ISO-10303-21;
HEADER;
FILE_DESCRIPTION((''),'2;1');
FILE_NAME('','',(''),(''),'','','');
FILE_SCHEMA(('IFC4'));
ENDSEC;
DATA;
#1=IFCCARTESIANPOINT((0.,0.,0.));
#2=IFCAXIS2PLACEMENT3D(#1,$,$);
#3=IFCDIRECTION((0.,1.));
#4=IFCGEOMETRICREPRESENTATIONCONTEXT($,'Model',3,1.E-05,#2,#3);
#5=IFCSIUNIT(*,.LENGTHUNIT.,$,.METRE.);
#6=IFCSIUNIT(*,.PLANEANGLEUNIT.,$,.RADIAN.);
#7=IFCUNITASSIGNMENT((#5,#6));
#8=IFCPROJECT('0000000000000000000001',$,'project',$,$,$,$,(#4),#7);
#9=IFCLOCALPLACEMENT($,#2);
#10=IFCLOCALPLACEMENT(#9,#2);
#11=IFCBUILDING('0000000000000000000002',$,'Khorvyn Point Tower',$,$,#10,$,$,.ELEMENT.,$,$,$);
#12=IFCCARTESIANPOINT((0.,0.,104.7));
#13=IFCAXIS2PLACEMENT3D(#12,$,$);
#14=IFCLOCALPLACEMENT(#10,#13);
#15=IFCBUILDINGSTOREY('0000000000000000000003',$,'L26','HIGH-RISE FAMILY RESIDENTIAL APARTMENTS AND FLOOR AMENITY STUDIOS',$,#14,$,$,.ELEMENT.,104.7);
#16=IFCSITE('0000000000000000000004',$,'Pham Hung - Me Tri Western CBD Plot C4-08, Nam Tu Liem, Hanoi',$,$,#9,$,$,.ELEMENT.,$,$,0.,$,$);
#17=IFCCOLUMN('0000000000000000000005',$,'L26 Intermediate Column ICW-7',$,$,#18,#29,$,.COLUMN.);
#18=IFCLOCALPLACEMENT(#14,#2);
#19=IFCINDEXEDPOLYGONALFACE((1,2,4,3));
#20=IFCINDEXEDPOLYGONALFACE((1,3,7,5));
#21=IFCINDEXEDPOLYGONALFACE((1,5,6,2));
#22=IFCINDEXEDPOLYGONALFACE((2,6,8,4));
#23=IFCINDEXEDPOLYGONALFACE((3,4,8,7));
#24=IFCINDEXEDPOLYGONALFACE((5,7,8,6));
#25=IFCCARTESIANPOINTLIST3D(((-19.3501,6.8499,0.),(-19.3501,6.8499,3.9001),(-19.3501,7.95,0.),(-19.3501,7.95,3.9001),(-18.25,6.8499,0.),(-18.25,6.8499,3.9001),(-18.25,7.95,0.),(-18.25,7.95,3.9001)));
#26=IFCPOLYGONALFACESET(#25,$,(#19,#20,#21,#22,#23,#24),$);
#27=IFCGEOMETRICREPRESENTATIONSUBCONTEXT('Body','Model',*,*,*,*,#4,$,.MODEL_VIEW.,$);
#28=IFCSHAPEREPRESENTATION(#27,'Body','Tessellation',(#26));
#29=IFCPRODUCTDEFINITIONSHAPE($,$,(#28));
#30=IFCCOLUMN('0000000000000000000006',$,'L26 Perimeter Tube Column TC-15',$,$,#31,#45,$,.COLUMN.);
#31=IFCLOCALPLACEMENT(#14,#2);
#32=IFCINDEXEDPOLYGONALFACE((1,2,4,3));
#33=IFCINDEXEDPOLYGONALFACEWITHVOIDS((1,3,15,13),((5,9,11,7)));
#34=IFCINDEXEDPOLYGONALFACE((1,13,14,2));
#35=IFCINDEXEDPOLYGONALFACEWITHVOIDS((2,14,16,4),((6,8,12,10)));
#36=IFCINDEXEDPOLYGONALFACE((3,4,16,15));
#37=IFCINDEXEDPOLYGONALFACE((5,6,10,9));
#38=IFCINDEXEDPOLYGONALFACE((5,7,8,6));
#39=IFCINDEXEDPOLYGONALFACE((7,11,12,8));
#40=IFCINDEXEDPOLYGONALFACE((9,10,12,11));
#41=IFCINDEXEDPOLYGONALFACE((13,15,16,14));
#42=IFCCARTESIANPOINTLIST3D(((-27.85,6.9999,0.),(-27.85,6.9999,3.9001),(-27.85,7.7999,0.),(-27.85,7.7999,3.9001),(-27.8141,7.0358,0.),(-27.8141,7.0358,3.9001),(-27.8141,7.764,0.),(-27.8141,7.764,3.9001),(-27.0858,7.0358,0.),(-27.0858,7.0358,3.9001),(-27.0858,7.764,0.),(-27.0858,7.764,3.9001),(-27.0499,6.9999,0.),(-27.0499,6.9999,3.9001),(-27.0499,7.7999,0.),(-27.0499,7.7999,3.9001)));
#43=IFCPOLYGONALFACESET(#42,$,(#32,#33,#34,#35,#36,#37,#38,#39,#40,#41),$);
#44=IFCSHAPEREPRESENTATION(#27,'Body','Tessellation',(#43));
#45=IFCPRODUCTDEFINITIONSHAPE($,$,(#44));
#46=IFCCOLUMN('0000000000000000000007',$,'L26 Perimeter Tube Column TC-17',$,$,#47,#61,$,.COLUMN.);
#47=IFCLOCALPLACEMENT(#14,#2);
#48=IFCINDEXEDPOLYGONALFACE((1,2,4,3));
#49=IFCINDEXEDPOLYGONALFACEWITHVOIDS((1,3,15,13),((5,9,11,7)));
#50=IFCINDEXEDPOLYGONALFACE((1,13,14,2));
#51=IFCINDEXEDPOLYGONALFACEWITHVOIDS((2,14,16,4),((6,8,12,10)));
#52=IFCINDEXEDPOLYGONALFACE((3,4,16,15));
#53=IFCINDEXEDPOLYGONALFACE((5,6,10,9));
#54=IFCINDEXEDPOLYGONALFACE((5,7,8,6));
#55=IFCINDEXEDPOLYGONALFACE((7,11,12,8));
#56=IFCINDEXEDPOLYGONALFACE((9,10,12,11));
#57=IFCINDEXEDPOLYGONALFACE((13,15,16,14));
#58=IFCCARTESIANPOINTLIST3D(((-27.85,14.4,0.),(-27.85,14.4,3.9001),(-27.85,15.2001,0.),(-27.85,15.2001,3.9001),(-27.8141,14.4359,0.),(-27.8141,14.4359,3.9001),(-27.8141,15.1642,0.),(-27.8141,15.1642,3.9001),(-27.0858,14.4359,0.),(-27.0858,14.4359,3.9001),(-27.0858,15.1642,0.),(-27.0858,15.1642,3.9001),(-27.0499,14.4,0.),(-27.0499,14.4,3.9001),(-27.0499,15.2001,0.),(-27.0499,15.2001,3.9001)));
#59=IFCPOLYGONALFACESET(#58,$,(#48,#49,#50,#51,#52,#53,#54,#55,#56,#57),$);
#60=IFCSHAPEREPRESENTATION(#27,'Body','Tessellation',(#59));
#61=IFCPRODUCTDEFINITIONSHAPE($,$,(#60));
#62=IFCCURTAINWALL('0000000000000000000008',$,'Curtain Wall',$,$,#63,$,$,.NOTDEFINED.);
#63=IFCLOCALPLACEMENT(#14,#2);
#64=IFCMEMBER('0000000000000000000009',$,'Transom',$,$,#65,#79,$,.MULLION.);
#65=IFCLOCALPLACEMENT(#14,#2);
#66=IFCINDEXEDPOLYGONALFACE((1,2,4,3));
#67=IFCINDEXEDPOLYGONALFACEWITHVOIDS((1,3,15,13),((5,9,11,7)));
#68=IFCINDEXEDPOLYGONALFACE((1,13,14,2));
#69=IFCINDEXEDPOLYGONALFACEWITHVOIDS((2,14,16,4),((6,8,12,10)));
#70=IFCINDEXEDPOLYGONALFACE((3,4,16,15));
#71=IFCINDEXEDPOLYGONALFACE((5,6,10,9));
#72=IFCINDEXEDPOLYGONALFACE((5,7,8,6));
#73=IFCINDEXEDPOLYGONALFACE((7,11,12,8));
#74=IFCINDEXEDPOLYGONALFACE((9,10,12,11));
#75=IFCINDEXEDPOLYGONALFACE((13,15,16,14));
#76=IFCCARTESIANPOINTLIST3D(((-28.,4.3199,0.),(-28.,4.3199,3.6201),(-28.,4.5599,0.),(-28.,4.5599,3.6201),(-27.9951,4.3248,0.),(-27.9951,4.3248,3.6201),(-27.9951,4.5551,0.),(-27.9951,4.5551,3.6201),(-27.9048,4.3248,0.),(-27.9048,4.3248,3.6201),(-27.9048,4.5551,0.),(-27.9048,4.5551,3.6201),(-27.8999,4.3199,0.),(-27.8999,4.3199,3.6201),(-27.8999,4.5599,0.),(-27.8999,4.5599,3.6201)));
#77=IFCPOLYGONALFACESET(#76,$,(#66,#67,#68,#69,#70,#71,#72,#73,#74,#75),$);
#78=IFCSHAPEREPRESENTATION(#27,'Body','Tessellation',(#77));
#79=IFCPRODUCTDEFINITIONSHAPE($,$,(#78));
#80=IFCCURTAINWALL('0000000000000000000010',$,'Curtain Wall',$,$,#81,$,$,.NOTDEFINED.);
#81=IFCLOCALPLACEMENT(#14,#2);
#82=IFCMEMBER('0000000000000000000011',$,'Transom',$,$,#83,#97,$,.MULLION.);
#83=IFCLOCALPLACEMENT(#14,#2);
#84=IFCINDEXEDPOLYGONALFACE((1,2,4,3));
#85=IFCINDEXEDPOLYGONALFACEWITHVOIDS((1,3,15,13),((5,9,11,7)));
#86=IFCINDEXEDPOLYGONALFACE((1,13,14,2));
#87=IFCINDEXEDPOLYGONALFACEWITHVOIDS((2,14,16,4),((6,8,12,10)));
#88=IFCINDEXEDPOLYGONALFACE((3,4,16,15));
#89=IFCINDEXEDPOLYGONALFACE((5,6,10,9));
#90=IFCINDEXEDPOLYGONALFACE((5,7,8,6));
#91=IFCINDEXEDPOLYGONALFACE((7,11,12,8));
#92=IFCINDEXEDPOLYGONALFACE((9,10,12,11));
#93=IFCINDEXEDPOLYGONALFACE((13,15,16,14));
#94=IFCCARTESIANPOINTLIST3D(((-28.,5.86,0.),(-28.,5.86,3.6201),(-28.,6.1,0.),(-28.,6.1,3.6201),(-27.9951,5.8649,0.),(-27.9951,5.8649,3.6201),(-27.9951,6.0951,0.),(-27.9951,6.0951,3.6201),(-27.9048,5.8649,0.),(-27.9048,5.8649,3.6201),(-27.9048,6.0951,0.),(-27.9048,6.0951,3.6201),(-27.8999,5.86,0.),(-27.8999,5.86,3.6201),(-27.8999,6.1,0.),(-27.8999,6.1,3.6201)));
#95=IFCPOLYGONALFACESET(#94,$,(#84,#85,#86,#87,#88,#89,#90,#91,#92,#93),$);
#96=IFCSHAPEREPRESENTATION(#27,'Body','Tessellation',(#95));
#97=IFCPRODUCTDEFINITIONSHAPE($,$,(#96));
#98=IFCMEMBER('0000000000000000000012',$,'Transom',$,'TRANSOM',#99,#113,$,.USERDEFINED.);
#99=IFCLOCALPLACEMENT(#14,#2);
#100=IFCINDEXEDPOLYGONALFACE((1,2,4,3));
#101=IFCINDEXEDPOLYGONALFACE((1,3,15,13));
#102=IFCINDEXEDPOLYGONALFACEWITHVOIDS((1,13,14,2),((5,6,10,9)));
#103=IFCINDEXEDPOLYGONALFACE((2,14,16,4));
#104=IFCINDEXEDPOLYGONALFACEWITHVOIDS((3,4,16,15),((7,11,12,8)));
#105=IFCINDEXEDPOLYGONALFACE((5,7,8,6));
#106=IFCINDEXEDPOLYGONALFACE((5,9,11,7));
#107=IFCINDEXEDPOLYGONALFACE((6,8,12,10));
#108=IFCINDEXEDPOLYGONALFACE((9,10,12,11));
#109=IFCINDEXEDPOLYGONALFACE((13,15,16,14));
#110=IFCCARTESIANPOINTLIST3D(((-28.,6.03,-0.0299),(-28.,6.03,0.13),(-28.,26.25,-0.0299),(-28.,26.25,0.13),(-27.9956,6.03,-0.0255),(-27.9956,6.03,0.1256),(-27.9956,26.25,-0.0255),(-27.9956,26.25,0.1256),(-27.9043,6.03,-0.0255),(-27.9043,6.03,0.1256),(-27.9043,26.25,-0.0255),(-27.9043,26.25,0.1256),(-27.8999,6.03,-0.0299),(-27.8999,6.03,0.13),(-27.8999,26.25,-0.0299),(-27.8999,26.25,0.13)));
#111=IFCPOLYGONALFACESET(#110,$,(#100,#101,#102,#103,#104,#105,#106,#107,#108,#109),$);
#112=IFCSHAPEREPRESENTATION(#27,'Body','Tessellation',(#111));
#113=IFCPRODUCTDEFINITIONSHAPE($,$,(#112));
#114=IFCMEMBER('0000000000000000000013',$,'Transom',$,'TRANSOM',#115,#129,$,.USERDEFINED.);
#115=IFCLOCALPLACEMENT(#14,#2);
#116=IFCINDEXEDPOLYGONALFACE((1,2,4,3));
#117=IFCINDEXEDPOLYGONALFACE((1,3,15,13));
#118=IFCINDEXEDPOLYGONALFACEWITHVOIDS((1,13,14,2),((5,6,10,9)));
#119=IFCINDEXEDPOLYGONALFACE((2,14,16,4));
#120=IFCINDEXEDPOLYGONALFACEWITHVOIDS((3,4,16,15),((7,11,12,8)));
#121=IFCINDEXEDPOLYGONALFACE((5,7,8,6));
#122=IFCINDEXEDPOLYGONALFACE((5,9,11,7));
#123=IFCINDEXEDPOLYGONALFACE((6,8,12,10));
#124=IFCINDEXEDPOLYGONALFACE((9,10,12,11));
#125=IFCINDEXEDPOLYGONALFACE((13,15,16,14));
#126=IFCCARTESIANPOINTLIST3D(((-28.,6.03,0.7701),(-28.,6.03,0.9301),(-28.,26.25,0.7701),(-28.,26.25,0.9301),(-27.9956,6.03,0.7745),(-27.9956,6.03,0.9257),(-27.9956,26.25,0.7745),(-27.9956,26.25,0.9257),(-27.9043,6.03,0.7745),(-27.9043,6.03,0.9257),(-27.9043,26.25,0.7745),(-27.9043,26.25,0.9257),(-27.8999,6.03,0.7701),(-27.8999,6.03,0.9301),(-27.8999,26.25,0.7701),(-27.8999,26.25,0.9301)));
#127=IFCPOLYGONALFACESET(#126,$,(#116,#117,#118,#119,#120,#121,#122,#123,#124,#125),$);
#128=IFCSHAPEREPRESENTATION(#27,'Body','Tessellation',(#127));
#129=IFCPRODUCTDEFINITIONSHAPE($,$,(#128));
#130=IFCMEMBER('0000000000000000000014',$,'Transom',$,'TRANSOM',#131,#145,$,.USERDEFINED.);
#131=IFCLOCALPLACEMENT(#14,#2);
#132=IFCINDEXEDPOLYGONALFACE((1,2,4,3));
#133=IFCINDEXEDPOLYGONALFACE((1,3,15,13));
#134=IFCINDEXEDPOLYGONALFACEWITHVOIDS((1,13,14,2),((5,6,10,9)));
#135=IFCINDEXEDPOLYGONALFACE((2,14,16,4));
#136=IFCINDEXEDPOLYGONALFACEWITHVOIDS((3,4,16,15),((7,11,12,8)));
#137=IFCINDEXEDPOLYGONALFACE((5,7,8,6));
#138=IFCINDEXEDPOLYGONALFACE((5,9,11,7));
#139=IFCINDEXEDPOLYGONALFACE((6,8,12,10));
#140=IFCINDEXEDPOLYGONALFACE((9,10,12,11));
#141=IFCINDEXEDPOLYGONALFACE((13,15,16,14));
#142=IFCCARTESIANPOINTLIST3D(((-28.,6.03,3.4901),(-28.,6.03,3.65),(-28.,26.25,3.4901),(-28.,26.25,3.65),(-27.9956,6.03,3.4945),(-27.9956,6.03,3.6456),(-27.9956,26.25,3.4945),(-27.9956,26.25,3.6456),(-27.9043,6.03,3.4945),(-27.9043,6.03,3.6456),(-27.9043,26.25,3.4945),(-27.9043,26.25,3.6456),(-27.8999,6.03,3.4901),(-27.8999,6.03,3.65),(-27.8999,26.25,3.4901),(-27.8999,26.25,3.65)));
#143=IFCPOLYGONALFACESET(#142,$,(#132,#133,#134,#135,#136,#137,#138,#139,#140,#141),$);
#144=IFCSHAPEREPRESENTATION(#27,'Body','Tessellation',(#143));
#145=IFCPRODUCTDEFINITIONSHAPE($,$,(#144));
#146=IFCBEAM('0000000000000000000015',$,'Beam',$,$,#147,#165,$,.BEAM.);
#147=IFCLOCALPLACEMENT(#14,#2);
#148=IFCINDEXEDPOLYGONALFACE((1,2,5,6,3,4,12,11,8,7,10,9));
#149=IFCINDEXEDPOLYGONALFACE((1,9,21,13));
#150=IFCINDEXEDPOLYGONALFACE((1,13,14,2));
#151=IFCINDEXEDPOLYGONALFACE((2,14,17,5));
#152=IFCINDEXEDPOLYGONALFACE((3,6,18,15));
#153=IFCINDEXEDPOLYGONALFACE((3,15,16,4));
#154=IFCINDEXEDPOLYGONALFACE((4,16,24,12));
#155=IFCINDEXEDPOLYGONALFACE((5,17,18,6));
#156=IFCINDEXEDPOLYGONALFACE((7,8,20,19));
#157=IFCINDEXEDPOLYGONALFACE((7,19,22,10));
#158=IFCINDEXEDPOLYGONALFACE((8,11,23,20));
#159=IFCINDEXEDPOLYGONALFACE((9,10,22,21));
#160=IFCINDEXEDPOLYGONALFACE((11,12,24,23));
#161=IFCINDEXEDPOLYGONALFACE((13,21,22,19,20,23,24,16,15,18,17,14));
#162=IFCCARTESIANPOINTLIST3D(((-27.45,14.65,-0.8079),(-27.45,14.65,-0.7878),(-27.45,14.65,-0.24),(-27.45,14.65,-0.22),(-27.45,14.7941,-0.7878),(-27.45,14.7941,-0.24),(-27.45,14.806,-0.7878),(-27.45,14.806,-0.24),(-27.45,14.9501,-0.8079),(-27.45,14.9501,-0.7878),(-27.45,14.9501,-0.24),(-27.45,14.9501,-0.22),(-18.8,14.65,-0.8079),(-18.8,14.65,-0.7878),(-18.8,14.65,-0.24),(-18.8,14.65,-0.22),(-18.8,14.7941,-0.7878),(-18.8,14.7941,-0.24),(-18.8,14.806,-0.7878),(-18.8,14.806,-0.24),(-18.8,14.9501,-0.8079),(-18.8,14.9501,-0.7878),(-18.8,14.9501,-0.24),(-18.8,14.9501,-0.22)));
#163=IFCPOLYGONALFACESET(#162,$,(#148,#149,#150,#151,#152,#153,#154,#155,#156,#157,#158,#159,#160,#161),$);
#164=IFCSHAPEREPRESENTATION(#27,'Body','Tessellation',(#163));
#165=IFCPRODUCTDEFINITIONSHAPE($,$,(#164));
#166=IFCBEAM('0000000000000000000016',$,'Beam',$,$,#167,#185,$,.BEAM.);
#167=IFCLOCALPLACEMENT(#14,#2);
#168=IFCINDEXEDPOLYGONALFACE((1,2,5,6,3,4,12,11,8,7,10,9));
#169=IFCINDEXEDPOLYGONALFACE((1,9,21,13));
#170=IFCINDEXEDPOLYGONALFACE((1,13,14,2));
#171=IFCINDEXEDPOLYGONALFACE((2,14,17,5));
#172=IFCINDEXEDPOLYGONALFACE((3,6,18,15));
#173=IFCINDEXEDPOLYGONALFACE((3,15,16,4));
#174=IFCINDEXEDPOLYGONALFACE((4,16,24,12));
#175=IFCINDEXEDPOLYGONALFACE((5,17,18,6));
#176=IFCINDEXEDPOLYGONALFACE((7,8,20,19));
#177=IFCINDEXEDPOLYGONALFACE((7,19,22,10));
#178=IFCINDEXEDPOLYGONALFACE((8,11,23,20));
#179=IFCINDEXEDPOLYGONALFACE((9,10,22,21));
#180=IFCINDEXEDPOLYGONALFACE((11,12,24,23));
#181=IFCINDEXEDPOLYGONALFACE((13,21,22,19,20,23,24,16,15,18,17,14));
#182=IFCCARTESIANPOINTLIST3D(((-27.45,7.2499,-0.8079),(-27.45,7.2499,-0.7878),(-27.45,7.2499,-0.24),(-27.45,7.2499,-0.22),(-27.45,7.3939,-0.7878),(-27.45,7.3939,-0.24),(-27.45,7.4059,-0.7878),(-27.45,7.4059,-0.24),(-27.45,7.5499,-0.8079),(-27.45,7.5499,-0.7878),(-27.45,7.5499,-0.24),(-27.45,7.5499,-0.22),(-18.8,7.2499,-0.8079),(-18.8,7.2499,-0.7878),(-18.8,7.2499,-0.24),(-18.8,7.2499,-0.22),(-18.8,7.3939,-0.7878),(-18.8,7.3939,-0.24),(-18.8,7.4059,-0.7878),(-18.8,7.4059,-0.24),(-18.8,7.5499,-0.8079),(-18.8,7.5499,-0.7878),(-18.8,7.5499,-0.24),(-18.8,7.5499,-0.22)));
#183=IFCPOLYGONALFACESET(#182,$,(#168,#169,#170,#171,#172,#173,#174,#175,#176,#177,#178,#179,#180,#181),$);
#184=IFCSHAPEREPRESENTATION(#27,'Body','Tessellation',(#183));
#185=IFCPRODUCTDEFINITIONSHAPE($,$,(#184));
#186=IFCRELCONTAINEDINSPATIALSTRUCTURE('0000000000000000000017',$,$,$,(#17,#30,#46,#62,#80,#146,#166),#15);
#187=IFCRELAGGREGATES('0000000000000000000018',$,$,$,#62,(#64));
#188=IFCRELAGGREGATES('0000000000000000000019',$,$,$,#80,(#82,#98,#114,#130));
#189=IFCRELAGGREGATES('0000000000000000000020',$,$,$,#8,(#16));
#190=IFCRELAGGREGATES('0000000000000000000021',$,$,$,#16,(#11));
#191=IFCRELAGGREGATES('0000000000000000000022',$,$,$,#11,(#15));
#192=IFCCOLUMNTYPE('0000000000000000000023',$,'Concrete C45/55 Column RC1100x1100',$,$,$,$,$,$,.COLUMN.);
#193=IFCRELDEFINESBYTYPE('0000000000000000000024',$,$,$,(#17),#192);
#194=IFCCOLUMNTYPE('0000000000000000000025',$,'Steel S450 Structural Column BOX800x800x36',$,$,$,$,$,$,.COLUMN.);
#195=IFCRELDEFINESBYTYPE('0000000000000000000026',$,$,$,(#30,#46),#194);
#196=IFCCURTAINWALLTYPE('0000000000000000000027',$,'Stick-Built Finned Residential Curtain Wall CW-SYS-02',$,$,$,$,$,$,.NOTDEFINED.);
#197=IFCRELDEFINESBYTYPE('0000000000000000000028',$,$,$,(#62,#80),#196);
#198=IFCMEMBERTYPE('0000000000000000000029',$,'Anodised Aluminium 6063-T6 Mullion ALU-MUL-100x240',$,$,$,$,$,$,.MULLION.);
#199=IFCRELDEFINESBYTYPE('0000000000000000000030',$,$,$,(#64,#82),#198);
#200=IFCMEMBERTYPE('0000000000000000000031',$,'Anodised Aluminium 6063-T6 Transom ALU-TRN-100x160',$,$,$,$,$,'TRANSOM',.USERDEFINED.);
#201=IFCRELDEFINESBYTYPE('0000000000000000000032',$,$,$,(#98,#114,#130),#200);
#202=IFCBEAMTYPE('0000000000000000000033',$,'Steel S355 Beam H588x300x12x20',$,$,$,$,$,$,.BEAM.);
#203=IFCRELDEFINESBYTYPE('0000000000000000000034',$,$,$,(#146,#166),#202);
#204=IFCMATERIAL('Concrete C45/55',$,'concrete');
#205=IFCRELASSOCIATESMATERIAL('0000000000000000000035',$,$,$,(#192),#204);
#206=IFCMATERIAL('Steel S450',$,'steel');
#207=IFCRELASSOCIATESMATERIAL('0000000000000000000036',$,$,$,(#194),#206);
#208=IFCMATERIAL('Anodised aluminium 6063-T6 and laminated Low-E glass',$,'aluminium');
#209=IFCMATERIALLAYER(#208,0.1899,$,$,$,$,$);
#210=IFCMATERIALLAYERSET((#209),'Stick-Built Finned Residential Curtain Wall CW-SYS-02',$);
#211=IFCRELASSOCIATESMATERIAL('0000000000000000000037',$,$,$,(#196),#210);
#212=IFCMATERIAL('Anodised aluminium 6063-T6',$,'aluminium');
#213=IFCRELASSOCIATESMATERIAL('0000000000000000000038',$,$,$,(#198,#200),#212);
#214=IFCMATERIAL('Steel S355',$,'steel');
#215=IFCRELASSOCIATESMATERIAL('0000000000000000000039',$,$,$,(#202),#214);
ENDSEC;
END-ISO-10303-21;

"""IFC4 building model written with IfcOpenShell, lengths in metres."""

from ifc_helpers import new_model, si_unit, direction, frame, origin, origin_2d, place, context, subcontext, project, spatial, rectangle, hollow_rectangle, i_section, extrude, material, layer, layer_set, material_profile, profile_set, type_object, element, aggregate, save


model = new_model("IFC4")

# Units and contexts
model_context = context("Model", 3, precision=1e-05, world=origin(), true_north=direction((0.0, 1.0)))
body_context = subcontext(model_context, "Body", "Model", "MODEL_VIEW")
ifc_project = project(units=[si_unit("LENGTHUNIT", "METRE"), si_unit("PLANEANGLEUNIT", "RADIAN")], contexts=[model_context])

# Site, building, storey
site_placement = place(None, origin())
site = spatial("IfcSite", under=ifc_project, at=site_placement, Name="Pham Hung - Me Tri Western CBD Plot C4-08, Nam Tu Liem, Hanoi", CompositionType="ELEMENT", RefElevation=0.0)
building_placement = place(site_placement, origin())
building = spatial("IfcBuilding", under=site, at=building_placement, Name="Khorvyn Point Tower", CompositionType="ELEMENT")
storey_placement = place(building_placement, frame((0.0, 0.0, 104.7)))
storey = spatial("IfcBuildingStorey", under=building, at=storey_placement, Name="L26", Description="HIGH-RISE FAMILY RESIDENTIAL APARTMENTS AND FLOOR AMENITY STUDIOS", CompositionType="ELEMENT", Elevation=104.7)

# Columns
ifc_material_1 = material(Name="Concrete C45/55", Category="concrete")
ifc_material_profile_1 = material_profile(ifc_material_1, rectangle(XDim=1.1001, YDim=1.1001, at=origin_2d()))
ifc_profile_set_1 = profile_set([ifc_material_profile_1], Name="Concrete C45/55 RC1100x1100")
column_type_1 = type_object("IfcColumnType", Name="Concrete C45/55 Column RC1100x1100", PredefinedType="COLUMN", material=ifc_profile_set_1)
column_placement = place(storey_placement, frame((-18.8, 7.3999, 0.0), z_axis=(0.0, 0.0, 1.0), x_axis=(1.0, 0.0, 0.0)))
element("IfcColumn", 1, at=column_placement, inside=storey, type_object=column_type_1, Name="L26 Intermediate Column ICW-7", PredefinedType="COLUMN", context=body_context, shape_type="SweptSolid", body=[
    extrude(rectangle(XDim=1.1001, YDim=1.1001, at=origin_2d()), origin(), (0.0, 0.0, 1.0), 3.9001),
])
ifc_material_2 = material(Name="Steel S450", Category="steel")
ifc_material_profile_2 = material_profile(ifc_material_2, hollow_rectangle(XDim=0.8, YDim=0.8, WallThickness=0.0359, at=origin_2d()))
ifc_profile_set_2 = profile_set([ifc_material_profile_2], Name="Steel S450 BOX800x800x36")
column_type_2 = type_object("IfcColumnType", Name="Steel S450 Structural Column BOX800x800x36", PredefinedType="COLUMN", material=ifc_profile_set_2)
for number, where, z_axis, x_axis, name in (
    (2, (-27.45, 7.3999, 0.0), (0.0, 0.0, 1.0), (1.0, 0.0, 0.0), "L26 Perimeter Tube Column TC-15"),
    (3, (-27.45, 14.8, 0.0), (0.0, 0.0, 1.0), (1.0, 0.0, 0.0), "L26 Perimeter Tube Column TC-17"),
):
    element("IfcColumn", number, at=place(storey_placement, frame(where, z_axis=z_axis, x_axis=x_axis)), inside=storey, type_object=column_type_2, Name=name, PredefinedType="COLUMN", context=body_context, shape_type="SweptSolid", body=[
        extrude(hollow_rectangle(XDim=0.8, YDim=0.8, WallThickness=0.0359, at=origin_2d()), origin(), (0.0, 0.0, 1.0), 3.9001),
    ])

# Curtain wall, member
ifc_material_3 = material(Name="Anodised aluminium 6063-T6 and laminated Low-E glass", Category="aluminium")
ifc_layer_1 = layer(ifc_material_3, 0.1899)
ifc_layer_set_1 = layer_set([ifc_layer_1], Name="Stick-Built Finned Residential Curtain Wall CW-SYS-02")
curtain_wall_type = type_object("IfcCurtainWallType", Name="Stick-Built Finned Residential Curtain Wall CW-SYS-02", PredefinedType="NOTDEFINED", material=ifc_layer_set_1)
curtain_wall_1_placement = place(storey_placement, origin())
curtain_wall_1 = element("IfcCurtainWall", 4, at=curtain_wall_1_placement, inside=storey, type_object=curtain_wall_type, Name="Curtain Wall", PredefinedType="NOTDEFINED")
ifc_material_4 = material(Name="Anodised aluminium 6063-T6", Category="aluminium")
ifc_material_profile_3 = material_profile(ifc_material_4, hollow_rectangle(XDim=0.1001, YDim=0.24, WallThickness=0.0049, at=origin_2d()))
ifc_profile_set_3 = profile_set([ifc_material_profile_3], Name="Anodised aluminium 6063-T6 ALU-MUL-100x240")
member_type_1 = type_object("IfcMemberType", Name="Anodised Aluminium 6063-T6 Mullion ALU-MUL-100x240", PredefinedType="MULLION", material=ifc_profile_set_3)
member_1_placement = place(storey_placement, frame((-27.95, 4.4399, 0.0), z_axis=(0.0, 0.0, 1.0), x_axis=(-1.0, 0.0, 0.0)))
member_1 = element("IfcMember", 5, at=member_1_placement, type_object=member_type_1, Name="Transom", PredefinedType="MULLION", context=body_context, shape_type="SweptSolid", body=[
    extrude(hollow_rectangle(XDim=0.1001, YDim=0.24, WallThickness=0.0049, at=origin_2d()), origin(), (0.0, 0.0, 1.0), 3.6201),
])
aggregate(curtain_wall_1, [member_1])

# Curtain wall, members
curtain_wall_2_placement = place(storey_placement, origin())
curtain_wall_2 = element("IfcCurtainWall", 6, at=curtain_wall_2_placement, inside=storey, type_object=curtain_wall_type, Name="Curtain Wall", PredefinedType="NOTDEFINED")
member_2_placement = place(storey_placement, frame((-27.95, 5.98, 0.0), z_axis=(0.0, 0.0, 1.0), x_axis=(-1.0, 0.0, 0.0)))
member_2 = element("IfcMember", 7, at=member_2_placement, type_object=member_type_1, Name="Transom", PredefinedType="MULLION", context=body_context, shape_type="SweptSolid", body=[
    extrude(hollow_rectangle(XDim=0.1001, YDim=0.24, WallThickness=0.0049, at=origin_2d()), origin(), (0.0, 0.0, 1.0), 3.6201),
])
ifc_material_profile_4 = material_profile(ifc_material_4, hollow_rectangle(XDim=0.1001, YDim=0.1599, WallThickness=0.0044, at=origin_2d()))
ifc_profile_set_4 = profile_set([ifc_material_profile_4], Name="Anodised aluminium 6063-T6 ALU-TRN-100x160")
member_type_2 = type_object("IfcMemberType", Name="Anodised Aluminium 6063-T6 Transom ALU-TRN-100x160", ElementType="TRANSOM", PredefinedType="USERDEFINED", material=ifc_profile_set_4)
member_3_placement = place(storey_placement, frame((-27.95, 6.03, 0.05), z_axis=(0.0, 1.0, 0.0), x_axis=(-1.0, 0.0, 0.0)))
member_3 = element("IfcMember", 8, at=member_3_placement, type_object=member_type_2, Name="Transom", ObjectType="TRANSOM", PredefinedType="USERDEFINED", context=body_context, shape_type="SweptSolid", body=[
    extrude(hollow_rectangle(XDim=0.1001, YDim=0.1599, WallThickness=0.0044, at=origin_2d()), origin(), (0.0, 0.0, 1.0), 20.22),
])
member_4_placement = place(storey_placement, frame((-27.95, 6.03, 0.8501), z_axis=(0.0, 1.0, 0.0), x_axis=(-1.0, 0.0, 0.0)))
member_4 = element("IfcMember", 9, at=member_4_placement, type_object=member_type_2, Name="Transom", ObjectType="TRANSOM", PredefinedType="USERDEFINED", context=body_context, shape_type="SweptSolid", body=[
    extrude(hollow_rectangle(XDim=0.1001, YDim=0.1599, WallThickness=0.0044, at=origin_2d()), origin(), (0.0, 0.0, 1.0), 20.22),
])
member_5_placement = place(storey_placement, frame((-27.95, 6.03, 3.5701), z_axis=(0.0, 1.0, 0.0), x_axis=(-1.0, 0.0, 0.0)))
member_5 = element("IfcMember", 10, at=member_5_placement, type_object=member_type_2, Name="Transom", ObjectType="TRANSOM", PredefinedType="USERDEFINED", context=body_context, shape_type="SweptSolid", body=[
    extrude(hollow_rectangle(XDim=0.1001, YDim=0.1599, WallThickness=0.0044, at=origin_2d()), origin(), (0.0, 0.0, 1.0), 20.22),
])

# Beams
ifc_material_5 = material(Name="Steel S355", Category="steel")
ifc_material_profile_5 = material_profile(ifc_material_5, i_section(OverallWidth=0.3, OverallDepth=0.5879, WebThickness=0.012, FlangeThickness=0.02, at=origin_2d()))
ifc_profile_set_5 = profile_set([ifc_material_profile_5], Name="Steel S355 H588x300x12x20")
beam_type_1 = type_object("IfcBeamType", Name="Steel S355 Beam H588x300x12x20", PredefinedType="BEAM", material=ifc_profile_set_5)
for number, where, z_axis, x_axis, name in (
    (11, (-27.45, 14.8, -0.5139), (1.0, 0.0, 0.0), (0.0, 1.0, 0.0), "Beam"),
    (12, (-27.45, 7.3999, -0.5139), (1.0, 0.0, 0.0), (0.0, 1.0, 0.0), "Beam"),
):
    element("IfcBeam", number, at=place(storey_placement, frame(where, z_axis=z_axis, x_axis=x_axis)), inside=storey, type_object=beam_type_1, Name=name, PredefinedType="BEAM", context=body_context, shape_type="SweptSolid", body=[
        extrude(i_section(OverallWidth=0.3, OverallDepth=0.5879, WebThickness=0.012, FlangeThickness=0.02, at=origin_2d()), origin(), (0.0, 0.0, 1.0), 8.6499),
    ])

aggregate(curtain_wall_2, [member_2, member_3, member_4, member_5])

save(model, "model.ifc")
